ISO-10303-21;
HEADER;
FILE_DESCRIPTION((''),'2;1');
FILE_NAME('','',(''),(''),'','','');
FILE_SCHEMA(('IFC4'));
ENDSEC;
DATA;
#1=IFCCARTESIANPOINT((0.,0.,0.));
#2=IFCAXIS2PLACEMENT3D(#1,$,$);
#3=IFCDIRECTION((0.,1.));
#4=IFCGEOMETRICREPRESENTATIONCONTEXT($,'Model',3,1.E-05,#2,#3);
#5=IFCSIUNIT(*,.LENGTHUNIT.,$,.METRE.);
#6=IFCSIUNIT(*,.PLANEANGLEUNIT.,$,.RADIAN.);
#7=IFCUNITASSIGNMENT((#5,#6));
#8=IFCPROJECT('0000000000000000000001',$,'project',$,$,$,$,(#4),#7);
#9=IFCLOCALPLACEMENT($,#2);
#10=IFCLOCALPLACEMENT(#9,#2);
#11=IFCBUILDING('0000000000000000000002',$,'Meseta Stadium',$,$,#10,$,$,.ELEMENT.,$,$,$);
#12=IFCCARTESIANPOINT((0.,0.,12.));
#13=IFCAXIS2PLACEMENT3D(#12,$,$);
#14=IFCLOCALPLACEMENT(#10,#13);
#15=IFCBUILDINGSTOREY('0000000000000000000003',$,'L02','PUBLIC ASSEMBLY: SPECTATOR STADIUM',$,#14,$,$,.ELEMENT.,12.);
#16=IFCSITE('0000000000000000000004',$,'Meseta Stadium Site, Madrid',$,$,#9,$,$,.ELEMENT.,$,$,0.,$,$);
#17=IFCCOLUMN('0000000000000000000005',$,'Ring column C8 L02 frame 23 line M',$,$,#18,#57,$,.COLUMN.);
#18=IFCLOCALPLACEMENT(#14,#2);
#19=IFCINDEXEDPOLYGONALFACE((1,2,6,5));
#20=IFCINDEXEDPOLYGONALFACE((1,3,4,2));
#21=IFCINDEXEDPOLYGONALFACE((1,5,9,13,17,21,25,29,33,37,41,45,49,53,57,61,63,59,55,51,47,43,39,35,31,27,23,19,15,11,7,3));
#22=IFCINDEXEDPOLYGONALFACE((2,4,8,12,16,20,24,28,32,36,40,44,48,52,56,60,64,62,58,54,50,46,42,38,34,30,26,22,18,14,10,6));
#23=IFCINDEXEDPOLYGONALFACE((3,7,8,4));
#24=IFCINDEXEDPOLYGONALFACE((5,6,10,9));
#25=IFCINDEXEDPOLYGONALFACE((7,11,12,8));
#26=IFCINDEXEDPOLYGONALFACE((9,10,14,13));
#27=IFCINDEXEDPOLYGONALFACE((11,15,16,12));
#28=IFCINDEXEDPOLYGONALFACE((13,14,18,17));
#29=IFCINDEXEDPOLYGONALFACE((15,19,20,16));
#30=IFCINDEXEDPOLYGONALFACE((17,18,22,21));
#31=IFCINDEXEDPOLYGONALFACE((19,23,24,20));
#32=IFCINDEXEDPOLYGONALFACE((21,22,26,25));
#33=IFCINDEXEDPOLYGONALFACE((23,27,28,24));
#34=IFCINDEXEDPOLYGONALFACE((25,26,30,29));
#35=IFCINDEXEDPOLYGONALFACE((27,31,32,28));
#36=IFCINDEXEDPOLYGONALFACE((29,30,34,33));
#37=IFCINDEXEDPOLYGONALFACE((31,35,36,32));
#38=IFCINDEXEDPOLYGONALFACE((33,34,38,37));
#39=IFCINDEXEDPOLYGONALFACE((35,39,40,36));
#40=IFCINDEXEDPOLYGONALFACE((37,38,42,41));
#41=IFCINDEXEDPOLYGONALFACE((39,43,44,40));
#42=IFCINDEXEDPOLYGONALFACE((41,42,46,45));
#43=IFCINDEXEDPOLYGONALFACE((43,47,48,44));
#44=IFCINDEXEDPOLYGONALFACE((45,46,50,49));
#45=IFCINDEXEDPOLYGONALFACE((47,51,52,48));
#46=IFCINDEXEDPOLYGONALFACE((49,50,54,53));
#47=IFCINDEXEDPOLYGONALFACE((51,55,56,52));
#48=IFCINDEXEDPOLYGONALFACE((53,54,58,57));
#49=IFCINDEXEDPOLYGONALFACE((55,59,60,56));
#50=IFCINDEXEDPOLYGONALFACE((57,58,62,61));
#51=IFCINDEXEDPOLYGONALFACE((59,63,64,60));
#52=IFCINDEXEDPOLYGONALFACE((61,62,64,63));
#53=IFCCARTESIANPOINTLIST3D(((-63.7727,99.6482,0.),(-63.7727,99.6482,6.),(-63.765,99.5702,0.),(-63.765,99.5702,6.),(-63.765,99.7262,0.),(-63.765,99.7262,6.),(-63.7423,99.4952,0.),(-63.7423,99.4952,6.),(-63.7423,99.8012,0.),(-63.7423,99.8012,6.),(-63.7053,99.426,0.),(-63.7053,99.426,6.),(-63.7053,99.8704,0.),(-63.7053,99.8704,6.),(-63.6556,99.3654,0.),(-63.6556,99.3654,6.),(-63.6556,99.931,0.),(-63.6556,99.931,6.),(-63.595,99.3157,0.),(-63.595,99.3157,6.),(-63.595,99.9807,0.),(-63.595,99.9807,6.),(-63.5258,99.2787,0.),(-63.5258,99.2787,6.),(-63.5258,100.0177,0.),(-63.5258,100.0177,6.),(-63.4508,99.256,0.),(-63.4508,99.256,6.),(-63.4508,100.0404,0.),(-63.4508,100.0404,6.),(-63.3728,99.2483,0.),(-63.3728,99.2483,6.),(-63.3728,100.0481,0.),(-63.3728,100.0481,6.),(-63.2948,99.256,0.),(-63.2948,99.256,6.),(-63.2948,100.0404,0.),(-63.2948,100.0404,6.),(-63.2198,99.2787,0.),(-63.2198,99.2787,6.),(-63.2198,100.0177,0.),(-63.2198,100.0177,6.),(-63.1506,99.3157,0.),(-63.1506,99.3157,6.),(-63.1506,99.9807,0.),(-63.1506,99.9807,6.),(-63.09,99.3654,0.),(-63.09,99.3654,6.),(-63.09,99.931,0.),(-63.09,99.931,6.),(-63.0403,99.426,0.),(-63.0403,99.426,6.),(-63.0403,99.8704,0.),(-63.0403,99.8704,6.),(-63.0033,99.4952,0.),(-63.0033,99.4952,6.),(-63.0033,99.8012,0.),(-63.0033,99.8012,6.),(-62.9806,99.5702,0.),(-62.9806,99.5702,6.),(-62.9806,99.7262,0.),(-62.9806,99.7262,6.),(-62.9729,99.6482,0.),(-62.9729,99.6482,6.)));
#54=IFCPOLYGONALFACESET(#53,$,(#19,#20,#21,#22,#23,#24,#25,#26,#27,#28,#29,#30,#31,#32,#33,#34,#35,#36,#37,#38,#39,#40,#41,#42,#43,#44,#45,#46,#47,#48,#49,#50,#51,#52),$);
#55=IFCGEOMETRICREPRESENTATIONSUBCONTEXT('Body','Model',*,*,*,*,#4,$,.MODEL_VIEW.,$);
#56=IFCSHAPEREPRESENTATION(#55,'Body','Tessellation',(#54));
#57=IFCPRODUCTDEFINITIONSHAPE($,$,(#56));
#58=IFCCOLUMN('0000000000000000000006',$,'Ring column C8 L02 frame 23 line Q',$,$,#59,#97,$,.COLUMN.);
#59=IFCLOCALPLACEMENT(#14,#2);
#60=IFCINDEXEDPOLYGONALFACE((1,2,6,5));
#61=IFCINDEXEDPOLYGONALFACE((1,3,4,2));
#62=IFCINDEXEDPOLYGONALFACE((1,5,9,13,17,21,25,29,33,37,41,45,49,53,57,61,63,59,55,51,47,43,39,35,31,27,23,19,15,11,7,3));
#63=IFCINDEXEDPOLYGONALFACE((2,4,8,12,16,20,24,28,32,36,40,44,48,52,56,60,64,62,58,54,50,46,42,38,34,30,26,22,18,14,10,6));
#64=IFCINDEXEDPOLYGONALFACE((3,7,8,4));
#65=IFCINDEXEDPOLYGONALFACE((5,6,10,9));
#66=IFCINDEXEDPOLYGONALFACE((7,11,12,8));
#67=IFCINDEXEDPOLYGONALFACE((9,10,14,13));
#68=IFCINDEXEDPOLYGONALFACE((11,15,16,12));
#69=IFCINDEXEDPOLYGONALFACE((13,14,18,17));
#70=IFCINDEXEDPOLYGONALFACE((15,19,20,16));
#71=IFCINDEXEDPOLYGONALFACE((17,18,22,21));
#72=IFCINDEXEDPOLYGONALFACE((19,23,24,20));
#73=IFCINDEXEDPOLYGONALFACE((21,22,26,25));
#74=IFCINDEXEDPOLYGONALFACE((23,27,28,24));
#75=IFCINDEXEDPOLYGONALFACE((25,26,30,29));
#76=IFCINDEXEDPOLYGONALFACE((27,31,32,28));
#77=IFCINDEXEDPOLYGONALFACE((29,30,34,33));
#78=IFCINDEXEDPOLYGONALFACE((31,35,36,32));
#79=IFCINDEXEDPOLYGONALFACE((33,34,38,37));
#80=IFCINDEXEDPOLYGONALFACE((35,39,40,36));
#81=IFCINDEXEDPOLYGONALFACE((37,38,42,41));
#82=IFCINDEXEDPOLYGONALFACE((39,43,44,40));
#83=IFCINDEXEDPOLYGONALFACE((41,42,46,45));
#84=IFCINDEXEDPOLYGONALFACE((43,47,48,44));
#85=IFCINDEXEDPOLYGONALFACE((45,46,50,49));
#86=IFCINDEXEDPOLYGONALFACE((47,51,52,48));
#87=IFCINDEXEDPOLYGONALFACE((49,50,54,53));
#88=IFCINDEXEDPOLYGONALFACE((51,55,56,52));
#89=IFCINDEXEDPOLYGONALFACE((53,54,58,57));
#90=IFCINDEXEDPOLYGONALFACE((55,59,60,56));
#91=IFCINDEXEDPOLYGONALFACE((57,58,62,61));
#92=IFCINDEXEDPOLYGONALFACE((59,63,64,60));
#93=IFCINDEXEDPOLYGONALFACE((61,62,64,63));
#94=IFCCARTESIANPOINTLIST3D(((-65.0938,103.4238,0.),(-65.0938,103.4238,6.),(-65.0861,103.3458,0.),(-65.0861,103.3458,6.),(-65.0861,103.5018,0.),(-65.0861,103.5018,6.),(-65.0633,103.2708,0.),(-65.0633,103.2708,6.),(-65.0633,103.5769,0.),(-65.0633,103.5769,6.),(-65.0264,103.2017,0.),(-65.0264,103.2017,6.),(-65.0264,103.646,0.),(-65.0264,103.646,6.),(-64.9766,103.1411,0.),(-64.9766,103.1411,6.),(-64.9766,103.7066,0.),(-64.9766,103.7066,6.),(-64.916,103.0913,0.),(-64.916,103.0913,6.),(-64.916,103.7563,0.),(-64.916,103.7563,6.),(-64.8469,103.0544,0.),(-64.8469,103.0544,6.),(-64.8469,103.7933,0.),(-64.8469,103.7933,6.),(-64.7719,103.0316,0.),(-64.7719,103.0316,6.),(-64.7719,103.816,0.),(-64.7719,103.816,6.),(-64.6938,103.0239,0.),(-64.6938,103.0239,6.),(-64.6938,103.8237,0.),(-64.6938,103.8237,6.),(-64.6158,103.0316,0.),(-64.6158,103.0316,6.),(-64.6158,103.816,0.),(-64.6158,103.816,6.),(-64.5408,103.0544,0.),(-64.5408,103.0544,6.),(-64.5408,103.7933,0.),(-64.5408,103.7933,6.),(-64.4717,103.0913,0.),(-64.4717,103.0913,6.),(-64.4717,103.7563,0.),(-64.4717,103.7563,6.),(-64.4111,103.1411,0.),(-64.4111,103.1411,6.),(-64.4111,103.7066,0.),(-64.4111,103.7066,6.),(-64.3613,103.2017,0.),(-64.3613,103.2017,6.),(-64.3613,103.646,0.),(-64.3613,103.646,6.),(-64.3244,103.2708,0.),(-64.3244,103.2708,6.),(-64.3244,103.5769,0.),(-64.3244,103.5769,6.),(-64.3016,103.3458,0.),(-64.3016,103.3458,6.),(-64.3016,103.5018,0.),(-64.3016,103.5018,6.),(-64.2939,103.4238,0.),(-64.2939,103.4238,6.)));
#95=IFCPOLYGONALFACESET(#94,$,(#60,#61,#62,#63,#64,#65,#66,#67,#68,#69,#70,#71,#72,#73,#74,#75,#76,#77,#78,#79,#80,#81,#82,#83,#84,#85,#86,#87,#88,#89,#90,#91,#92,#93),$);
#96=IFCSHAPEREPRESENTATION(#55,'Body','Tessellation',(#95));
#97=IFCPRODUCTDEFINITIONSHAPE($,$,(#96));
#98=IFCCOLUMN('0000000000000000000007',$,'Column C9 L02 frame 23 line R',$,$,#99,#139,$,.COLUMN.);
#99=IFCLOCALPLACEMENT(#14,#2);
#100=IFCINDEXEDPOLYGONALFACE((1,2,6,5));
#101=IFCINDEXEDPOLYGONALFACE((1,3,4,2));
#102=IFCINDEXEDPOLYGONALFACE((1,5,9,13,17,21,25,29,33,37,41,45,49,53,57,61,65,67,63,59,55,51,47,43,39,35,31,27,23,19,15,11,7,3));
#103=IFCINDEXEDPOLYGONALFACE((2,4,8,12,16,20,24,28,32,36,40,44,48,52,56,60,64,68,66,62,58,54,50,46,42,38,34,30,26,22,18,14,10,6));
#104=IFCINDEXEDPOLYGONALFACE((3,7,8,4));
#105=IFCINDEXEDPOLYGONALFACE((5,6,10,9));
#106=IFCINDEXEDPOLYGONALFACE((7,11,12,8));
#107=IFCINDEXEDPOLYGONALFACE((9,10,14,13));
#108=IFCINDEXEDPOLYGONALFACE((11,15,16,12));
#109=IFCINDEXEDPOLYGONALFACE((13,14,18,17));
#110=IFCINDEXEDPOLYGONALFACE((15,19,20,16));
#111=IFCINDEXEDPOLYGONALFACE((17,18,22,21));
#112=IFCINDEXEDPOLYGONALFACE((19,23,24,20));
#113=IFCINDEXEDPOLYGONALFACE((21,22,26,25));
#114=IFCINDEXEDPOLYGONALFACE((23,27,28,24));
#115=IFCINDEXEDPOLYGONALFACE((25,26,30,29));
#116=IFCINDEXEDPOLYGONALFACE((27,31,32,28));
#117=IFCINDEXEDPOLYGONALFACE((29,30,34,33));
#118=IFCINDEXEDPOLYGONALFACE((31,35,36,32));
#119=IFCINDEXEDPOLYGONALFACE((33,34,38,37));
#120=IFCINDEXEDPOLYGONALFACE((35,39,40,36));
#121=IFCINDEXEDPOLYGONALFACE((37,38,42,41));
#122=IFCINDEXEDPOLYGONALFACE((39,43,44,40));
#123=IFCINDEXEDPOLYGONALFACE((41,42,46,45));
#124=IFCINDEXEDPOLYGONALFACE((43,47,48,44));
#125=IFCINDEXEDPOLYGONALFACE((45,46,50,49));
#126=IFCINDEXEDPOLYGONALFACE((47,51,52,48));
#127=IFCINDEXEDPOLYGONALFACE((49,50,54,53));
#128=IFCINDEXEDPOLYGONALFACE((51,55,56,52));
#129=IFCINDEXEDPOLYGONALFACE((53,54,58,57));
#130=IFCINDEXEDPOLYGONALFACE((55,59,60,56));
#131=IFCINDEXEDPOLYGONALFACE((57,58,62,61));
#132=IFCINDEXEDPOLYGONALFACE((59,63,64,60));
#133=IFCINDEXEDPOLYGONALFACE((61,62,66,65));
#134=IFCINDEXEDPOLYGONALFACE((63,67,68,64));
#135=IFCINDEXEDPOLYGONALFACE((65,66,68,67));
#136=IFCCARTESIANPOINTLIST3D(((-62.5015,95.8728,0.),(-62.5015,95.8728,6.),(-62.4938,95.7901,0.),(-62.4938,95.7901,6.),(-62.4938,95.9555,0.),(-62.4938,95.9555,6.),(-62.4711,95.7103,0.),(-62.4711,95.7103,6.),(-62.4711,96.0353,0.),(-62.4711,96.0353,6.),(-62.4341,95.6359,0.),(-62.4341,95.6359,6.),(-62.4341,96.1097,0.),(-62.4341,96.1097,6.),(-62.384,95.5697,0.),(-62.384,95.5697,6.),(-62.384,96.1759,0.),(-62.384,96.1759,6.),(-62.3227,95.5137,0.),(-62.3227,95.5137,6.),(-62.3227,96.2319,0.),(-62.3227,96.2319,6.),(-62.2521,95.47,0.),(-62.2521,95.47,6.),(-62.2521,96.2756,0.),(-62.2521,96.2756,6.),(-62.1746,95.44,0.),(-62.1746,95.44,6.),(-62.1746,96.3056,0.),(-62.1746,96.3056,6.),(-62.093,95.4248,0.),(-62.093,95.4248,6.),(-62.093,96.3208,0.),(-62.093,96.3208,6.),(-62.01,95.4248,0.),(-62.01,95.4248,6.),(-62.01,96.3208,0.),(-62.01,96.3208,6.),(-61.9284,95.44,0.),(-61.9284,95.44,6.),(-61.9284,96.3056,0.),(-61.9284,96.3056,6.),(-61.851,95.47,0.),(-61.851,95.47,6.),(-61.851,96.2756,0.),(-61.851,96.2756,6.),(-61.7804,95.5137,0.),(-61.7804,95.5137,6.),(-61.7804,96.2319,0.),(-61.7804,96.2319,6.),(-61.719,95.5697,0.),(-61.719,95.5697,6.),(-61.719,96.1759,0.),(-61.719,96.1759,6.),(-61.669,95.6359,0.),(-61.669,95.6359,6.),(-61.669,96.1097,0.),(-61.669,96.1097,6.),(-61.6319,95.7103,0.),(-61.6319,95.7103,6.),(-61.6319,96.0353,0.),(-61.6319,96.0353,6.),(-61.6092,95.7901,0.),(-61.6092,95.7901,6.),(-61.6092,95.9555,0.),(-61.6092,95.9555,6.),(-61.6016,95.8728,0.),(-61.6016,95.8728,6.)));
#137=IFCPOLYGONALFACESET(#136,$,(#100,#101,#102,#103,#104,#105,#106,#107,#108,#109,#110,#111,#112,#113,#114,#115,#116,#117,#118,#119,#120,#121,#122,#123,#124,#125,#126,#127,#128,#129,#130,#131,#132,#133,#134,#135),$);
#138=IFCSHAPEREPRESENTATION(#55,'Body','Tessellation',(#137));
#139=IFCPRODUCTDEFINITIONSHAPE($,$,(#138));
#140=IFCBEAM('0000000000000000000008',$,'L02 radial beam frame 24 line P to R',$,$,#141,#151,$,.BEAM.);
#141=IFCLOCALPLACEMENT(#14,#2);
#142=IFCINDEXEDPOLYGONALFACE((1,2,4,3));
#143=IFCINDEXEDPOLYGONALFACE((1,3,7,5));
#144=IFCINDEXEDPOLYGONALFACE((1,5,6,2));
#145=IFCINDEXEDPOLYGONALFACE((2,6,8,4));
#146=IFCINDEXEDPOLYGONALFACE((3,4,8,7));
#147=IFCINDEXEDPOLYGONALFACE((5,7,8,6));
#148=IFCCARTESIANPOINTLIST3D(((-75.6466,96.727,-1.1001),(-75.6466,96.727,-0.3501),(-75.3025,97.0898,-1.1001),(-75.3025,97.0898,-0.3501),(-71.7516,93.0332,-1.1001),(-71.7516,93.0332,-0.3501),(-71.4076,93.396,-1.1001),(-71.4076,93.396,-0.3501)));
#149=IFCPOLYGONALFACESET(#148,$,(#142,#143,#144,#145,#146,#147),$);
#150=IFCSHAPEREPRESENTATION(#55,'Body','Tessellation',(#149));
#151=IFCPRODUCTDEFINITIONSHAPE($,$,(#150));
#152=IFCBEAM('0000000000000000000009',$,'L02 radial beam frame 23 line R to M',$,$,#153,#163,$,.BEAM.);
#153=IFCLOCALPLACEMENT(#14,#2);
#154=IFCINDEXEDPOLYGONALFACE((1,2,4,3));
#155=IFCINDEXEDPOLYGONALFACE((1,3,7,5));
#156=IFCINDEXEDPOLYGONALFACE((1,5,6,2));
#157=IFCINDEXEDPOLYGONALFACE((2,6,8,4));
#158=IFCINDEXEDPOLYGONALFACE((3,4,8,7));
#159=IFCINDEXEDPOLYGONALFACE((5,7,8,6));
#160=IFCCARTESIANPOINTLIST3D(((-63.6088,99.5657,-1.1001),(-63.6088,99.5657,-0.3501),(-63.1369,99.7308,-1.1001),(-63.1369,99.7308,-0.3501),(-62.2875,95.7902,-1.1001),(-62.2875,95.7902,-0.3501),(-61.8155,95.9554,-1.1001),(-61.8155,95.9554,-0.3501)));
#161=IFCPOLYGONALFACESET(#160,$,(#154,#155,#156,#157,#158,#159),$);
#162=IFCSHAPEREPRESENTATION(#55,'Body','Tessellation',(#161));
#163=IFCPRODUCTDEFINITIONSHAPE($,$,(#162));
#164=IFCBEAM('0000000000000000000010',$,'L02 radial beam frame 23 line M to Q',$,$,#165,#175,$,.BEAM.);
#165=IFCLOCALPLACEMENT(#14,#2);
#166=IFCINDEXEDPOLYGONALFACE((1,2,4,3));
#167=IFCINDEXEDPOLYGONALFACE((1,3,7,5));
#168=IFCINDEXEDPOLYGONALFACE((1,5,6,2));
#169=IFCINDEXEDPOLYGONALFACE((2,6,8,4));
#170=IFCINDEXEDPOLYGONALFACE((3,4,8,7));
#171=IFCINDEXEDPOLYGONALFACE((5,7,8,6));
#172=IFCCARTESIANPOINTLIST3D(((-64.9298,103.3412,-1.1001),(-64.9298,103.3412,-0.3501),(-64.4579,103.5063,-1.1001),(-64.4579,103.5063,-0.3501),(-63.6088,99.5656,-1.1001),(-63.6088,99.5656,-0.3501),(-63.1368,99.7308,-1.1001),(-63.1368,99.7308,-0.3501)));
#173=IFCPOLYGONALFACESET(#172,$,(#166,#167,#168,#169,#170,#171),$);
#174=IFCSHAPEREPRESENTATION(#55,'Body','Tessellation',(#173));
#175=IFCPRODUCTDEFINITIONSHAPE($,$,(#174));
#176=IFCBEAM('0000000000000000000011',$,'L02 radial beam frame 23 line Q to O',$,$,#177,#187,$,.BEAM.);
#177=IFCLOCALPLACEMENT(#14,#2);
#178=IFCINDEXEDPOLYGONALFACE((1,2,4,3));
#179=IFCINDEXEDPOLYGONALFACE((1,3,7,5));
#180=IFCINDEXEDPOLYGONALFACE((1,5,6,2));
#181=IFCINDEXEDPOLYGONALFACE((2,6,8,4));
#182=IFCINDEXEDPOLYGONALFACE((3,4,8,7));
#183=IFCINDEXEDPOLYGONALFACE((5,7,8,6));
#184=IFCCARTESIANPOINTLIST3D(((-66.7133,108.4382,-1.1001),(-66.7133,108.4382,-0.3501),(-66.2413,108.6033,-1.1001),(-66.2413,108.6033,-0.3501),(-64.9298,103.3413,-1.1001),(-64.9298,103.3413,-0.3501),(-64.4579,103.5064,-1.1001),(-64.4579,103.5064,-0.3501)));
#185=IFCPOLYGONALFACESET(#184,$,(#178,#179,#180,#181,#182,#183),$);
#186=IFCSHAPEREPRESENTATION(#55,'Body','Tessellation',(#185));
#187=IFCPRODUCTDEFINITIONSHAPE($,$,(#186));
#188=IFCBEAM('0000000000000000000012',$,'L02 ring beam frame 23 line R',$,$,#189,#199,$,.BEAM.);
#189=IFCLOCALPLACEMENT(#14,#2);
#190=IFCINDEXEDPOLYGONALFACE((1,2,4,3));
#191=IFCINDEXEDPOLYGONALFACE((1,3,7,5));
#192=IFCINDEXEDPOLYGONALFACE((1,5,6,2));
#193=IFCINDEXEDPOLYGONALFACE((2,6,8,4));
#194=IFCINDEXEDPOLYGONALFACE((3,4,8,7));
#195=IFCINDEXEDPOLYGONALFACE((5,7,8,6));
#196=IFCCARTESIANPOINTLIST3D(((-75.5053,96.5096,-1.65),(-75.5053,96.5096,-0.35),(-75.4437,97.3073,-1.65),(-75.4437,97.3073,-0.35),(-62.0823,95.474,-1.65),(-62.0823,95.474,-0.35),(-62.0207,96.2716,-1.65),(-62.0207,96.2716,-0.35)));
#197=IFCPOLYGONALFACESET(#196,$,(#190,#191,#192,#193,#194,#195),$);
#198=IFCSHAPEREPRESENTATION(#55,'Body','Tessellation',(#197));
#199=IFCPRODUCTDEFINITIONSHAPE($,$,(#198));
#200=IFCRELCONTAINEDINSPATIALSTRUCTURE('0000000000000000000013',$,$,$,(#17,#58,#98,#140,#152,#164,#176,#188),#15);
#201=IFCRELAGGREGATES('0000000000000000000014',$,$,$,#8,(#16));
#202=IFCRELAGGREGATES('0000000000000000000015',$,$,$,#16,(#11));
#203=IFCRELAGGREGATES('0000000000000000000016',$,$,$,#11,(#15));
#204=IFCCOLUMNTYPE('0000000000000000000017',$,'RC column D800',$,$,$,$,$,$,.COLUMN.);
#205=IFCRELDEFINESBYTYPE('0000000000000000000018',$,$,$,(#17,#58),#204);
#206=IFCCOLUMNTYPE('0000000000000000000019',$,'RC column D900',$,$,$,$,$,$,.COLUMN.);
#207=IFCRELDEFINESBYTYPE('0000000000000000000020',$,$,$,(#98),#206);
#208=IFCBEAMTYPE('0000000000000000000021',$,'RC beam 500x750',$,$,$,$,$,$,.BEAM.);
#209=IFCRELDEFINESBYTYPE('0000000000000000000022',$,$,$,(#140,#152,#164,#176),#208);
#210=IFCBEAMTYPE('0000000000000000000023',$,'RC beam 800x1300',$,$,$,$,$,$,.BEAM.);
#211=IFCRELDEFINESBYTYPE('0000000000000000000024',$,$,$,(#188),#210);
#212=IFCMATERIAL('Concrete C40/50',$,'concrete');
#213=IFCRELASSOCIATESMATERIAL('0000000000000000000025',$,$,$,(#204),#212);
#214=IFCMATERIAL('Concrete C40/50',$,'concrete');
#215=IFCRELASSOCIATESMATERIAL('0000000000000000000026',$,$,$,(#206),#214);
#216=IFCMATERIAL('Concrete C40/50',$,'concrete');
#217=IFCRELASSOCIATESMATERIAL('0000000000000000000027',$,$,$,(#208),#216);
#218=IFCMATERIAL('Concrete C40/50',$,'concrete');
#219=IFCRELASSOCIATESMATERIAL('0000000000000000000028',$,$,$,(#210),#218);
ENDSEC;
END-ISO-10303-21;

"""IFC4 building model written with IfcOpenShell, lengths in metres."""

from ifc_helpers import new_model, si_unit, direction, frame, origin, origin_2d, place, context, subcontext, project, spatial, rectangle, circle, extrude, material, material_profile, profile_set, type_object, element, save


model = new_model("IFC4")

# Units and contexts
model_context = context("Model", 3, precision=1e-05, world=origin(), true_north=direction((0.0, 1.0)))
body_context = subcontext(model_context, "Body", "Model", "MODEL_VIEW")
ifc_project = project(units=[si_unit("LENGTHUNIT", "METRE"), si_unit("PLANEANGLEUNIT", "RADIAN")], contexts=[model_context])

# Site, building, storey
site_placement = place(None, origin())
site = spatial("IfcSite", under=ifc_project, at=site_placement, Name="Meseta Stadium Site, Madrid", CompositionType="ELEMENT", RefElevation=0.0)
building_placement = place(site_placement, origin())
building = spatial("IfcBuilding", under=site, at=building_placement, Name="Meseta Stadium", CompositionType="ELEMENT")
storey_placement = place(building_placement, frame((0.0, 0.0, 12.0)))
storey = spatial("IfcBuildingStorey", under=building, at=storey_placement, Name="L02", Description="PUBLIC ASSEMBLY: SPECTATOR STADIUM", CompositionType="ELEMENT", Elevation=12.0)

# Columns
ifc_material_1 = material(Name="Concrete C40/50", Category="concrete")
ifc_material_profile_1 = material_profile(ifc_material_1, circle(Radius=0.3999, at=origin_2d()), Name="RC D800")
ifc_profile_set_1 = profile_set([ifc_material_profile_1], Name="Concrete C40/50")
column_type_1 = type_object("IfcColumnType", Name="RC column D800", PredefinedType="COLUMN", material=ifc_profile_set_1)
for number, where, z_axis, x_axis, name in (
    (1, (-63.3728, 99.6482, 0.0), (0.0, 0.0, 1.0), (1.0, 0.0, 0.0), "Ring column C8 L02 frame 23 line M"),
    (2, (-64.6938, 103.4238, 0.0), (0.0, 0.0, 1.0), (1.0, 0.0, 0.0), "Ring column C8 L02 frame 23 line Q"),
):
    element("IfcColumn", number, at=place(storey_placement, frame(where, z_axis=z_axis, x_axis=x_axis)), inside=storey, type_object=column_type_1, Name=name, PredefinedType="COLUMN", context=body_context, shape_type="SweptSolid", body=[
        extrude(circle(Radius=0.3999, at=origin_2d()), origin(), (0.0, 0.0, 1.0), 6.0),
    ])
ifc_material_2 = material(Name="Concrete C40/50", Category="concrete")
ifc_material_profile_2 = material_profile(ifc_material_2, circle(Radius=0.45, at=origin_2d()), Name="RC D900")
ifc_profile_set_2 = profile_set([ifc_material_profile_2], Name="Concrete C40/50")
column_type_2 = type_object("IfcColumnType", Name="RC column D900", PredefinedType="COLUMN", material=ifc_profile_set_2)
column_placement = place(storey_placement, frame((-62.0515, 95.8728, 0.0), z_axis=(0.0, 0.0, 1.0), x_axis=(1.0, 0.0, 0.0)))
element("IfcColumn", 3, at=column_placement, inside=storey, type_object=column_type_2, Name="Column C9 L02 frame 23 line R", PredefinedType="COLUMN", context=body_context, shape_type="SweptSolid", body=[
    extrude(circle(Radius=0.45, at=origin_2d()), origin(), (0.0, 0.0, 1.0), 6.0),
])

# Beams
ifc_material_3 = material(Name="Concrete C40/50", Category="concrete")
ifc_material_profile_3 = material_profile(ifc_material_3, rectangle(XDim=0.5, YDim=0.75, at=origin_2d()), Name="RC 500x750")
ifc_profile_set_3 = profile_set([ifc_material_profile_3], Name="Concrete C40/50")
beam_type_1 = type_object("IfcBeamType", Name="RC beam 500x750", PredefinedType="BEAM", material=ifc_profile_set_3)
beam_1_placement = place(storey_placement, frame((-71.5796, 93.2146, -0.7251), z_axis=(-0.725596, 0.68812, 0.0), x_axis=(-0.68812, -0.725596, 0.0)))
element("IfcBeam", 4, at=beam_1_placement, inside=storey, type_object=beam_type_1, Name="L02 radial beam frame 24 line P to R", PredefinedType="BEAM", context=body_context, shape_type="SweptSolid", body=[
    extrude(rectangle(XDim=0.5, YDim=0.75, at=origin_2d()), origin(), (0.0, 0.0, 1.0), 5.3679),
])
for number, where, z_axis, x_axis, name in (
    (5, (-62.0515, 95.8728, -0.7251), (-0.330329, 0.943866, 0.0), (-0.943866, -0.330329, 0.0), "L02 radial beam frame 23 line R to M"),
    (6, (-63.3728, 99.6482, -0.7251), (-0.330255, 0.943892, 0.0), (-0.943892, -0.330255, 0.0), "L02 radial beam frame 23 line M to Q"),
):
    element("IfcBeam", number, at=place(storey_placement, frame(where, z_axis=z_axis, x_axis=x_axis)), inside=storey, type_object=beam_type_1, Name=name, PredefinedType="BEAM", context=body_context, shape_type="SweptSolid", body=[
        extrude(rectangle(XDim=0.5, YDim=0.75, at=origin_2d()), origin(), (0.0, 0.0, 1.0), 4.0),
    ])
beam_2_placement = place(storey_placement, frame((-64.6938, 103.4238, -0.7251), z_axis=(-0.330272, 0.943886, 0.0), x_axis=(-0.943886, -0.330272, 0.0)))
element("IfcBeam", 7, at=beam_2_placement, inside=storey, type_object=beam_type_1, Name="L02 radial beam frame 23 line Q to O", PredefinedType="BEAM", context=body_context, shape_type="SweptSolid", body=[
    extrude(rectangle(XDim=0.5, YDim=0.75, at=origin_2d()), origin(), (0.0, 0.0, 1.0), 5.3999),
])
ifc_material_4 = material(Name="Concrete C40/50", Category="concrete")
ifc_material_profile_4 = material_profile(ifc_material_4, rectangle(XDim=0.8, YDim=1.3, at=origin_2d()), Name="RC 800x1300")
ifc_profile_set_4 = profile_set([ifc_material_profile_4], Name="Concrete C40/50")
beam_type_2 = type_object("IfcBeamType", Name="RC beam 800x1300", PredefinedType="BEAM", material=ifc_profile_set_4)
beam_3_placement = place(storey_placement, frame((-62.0515, 95.8728, -1.0), z_axis=(-0.997037, 0.076925, 0.0), x_axis=(-0.076925, -0.997037, 0.0)))
element("IfcBeam", 8, at=beam_3_placement, inside=storey, type_object=beam_type_2, Name="L02 ring beam frame 23 line R", PredefinedType="BEAM", context=body_context, shape_type="SweptSolid", body=[
    extrude(rectangle(XDim=0.8, YDim=1.3, at=origin_2d()), origin(), (0.0, 0.0, 1.0), 13.4629),
])

save(model, "model.ifc")
